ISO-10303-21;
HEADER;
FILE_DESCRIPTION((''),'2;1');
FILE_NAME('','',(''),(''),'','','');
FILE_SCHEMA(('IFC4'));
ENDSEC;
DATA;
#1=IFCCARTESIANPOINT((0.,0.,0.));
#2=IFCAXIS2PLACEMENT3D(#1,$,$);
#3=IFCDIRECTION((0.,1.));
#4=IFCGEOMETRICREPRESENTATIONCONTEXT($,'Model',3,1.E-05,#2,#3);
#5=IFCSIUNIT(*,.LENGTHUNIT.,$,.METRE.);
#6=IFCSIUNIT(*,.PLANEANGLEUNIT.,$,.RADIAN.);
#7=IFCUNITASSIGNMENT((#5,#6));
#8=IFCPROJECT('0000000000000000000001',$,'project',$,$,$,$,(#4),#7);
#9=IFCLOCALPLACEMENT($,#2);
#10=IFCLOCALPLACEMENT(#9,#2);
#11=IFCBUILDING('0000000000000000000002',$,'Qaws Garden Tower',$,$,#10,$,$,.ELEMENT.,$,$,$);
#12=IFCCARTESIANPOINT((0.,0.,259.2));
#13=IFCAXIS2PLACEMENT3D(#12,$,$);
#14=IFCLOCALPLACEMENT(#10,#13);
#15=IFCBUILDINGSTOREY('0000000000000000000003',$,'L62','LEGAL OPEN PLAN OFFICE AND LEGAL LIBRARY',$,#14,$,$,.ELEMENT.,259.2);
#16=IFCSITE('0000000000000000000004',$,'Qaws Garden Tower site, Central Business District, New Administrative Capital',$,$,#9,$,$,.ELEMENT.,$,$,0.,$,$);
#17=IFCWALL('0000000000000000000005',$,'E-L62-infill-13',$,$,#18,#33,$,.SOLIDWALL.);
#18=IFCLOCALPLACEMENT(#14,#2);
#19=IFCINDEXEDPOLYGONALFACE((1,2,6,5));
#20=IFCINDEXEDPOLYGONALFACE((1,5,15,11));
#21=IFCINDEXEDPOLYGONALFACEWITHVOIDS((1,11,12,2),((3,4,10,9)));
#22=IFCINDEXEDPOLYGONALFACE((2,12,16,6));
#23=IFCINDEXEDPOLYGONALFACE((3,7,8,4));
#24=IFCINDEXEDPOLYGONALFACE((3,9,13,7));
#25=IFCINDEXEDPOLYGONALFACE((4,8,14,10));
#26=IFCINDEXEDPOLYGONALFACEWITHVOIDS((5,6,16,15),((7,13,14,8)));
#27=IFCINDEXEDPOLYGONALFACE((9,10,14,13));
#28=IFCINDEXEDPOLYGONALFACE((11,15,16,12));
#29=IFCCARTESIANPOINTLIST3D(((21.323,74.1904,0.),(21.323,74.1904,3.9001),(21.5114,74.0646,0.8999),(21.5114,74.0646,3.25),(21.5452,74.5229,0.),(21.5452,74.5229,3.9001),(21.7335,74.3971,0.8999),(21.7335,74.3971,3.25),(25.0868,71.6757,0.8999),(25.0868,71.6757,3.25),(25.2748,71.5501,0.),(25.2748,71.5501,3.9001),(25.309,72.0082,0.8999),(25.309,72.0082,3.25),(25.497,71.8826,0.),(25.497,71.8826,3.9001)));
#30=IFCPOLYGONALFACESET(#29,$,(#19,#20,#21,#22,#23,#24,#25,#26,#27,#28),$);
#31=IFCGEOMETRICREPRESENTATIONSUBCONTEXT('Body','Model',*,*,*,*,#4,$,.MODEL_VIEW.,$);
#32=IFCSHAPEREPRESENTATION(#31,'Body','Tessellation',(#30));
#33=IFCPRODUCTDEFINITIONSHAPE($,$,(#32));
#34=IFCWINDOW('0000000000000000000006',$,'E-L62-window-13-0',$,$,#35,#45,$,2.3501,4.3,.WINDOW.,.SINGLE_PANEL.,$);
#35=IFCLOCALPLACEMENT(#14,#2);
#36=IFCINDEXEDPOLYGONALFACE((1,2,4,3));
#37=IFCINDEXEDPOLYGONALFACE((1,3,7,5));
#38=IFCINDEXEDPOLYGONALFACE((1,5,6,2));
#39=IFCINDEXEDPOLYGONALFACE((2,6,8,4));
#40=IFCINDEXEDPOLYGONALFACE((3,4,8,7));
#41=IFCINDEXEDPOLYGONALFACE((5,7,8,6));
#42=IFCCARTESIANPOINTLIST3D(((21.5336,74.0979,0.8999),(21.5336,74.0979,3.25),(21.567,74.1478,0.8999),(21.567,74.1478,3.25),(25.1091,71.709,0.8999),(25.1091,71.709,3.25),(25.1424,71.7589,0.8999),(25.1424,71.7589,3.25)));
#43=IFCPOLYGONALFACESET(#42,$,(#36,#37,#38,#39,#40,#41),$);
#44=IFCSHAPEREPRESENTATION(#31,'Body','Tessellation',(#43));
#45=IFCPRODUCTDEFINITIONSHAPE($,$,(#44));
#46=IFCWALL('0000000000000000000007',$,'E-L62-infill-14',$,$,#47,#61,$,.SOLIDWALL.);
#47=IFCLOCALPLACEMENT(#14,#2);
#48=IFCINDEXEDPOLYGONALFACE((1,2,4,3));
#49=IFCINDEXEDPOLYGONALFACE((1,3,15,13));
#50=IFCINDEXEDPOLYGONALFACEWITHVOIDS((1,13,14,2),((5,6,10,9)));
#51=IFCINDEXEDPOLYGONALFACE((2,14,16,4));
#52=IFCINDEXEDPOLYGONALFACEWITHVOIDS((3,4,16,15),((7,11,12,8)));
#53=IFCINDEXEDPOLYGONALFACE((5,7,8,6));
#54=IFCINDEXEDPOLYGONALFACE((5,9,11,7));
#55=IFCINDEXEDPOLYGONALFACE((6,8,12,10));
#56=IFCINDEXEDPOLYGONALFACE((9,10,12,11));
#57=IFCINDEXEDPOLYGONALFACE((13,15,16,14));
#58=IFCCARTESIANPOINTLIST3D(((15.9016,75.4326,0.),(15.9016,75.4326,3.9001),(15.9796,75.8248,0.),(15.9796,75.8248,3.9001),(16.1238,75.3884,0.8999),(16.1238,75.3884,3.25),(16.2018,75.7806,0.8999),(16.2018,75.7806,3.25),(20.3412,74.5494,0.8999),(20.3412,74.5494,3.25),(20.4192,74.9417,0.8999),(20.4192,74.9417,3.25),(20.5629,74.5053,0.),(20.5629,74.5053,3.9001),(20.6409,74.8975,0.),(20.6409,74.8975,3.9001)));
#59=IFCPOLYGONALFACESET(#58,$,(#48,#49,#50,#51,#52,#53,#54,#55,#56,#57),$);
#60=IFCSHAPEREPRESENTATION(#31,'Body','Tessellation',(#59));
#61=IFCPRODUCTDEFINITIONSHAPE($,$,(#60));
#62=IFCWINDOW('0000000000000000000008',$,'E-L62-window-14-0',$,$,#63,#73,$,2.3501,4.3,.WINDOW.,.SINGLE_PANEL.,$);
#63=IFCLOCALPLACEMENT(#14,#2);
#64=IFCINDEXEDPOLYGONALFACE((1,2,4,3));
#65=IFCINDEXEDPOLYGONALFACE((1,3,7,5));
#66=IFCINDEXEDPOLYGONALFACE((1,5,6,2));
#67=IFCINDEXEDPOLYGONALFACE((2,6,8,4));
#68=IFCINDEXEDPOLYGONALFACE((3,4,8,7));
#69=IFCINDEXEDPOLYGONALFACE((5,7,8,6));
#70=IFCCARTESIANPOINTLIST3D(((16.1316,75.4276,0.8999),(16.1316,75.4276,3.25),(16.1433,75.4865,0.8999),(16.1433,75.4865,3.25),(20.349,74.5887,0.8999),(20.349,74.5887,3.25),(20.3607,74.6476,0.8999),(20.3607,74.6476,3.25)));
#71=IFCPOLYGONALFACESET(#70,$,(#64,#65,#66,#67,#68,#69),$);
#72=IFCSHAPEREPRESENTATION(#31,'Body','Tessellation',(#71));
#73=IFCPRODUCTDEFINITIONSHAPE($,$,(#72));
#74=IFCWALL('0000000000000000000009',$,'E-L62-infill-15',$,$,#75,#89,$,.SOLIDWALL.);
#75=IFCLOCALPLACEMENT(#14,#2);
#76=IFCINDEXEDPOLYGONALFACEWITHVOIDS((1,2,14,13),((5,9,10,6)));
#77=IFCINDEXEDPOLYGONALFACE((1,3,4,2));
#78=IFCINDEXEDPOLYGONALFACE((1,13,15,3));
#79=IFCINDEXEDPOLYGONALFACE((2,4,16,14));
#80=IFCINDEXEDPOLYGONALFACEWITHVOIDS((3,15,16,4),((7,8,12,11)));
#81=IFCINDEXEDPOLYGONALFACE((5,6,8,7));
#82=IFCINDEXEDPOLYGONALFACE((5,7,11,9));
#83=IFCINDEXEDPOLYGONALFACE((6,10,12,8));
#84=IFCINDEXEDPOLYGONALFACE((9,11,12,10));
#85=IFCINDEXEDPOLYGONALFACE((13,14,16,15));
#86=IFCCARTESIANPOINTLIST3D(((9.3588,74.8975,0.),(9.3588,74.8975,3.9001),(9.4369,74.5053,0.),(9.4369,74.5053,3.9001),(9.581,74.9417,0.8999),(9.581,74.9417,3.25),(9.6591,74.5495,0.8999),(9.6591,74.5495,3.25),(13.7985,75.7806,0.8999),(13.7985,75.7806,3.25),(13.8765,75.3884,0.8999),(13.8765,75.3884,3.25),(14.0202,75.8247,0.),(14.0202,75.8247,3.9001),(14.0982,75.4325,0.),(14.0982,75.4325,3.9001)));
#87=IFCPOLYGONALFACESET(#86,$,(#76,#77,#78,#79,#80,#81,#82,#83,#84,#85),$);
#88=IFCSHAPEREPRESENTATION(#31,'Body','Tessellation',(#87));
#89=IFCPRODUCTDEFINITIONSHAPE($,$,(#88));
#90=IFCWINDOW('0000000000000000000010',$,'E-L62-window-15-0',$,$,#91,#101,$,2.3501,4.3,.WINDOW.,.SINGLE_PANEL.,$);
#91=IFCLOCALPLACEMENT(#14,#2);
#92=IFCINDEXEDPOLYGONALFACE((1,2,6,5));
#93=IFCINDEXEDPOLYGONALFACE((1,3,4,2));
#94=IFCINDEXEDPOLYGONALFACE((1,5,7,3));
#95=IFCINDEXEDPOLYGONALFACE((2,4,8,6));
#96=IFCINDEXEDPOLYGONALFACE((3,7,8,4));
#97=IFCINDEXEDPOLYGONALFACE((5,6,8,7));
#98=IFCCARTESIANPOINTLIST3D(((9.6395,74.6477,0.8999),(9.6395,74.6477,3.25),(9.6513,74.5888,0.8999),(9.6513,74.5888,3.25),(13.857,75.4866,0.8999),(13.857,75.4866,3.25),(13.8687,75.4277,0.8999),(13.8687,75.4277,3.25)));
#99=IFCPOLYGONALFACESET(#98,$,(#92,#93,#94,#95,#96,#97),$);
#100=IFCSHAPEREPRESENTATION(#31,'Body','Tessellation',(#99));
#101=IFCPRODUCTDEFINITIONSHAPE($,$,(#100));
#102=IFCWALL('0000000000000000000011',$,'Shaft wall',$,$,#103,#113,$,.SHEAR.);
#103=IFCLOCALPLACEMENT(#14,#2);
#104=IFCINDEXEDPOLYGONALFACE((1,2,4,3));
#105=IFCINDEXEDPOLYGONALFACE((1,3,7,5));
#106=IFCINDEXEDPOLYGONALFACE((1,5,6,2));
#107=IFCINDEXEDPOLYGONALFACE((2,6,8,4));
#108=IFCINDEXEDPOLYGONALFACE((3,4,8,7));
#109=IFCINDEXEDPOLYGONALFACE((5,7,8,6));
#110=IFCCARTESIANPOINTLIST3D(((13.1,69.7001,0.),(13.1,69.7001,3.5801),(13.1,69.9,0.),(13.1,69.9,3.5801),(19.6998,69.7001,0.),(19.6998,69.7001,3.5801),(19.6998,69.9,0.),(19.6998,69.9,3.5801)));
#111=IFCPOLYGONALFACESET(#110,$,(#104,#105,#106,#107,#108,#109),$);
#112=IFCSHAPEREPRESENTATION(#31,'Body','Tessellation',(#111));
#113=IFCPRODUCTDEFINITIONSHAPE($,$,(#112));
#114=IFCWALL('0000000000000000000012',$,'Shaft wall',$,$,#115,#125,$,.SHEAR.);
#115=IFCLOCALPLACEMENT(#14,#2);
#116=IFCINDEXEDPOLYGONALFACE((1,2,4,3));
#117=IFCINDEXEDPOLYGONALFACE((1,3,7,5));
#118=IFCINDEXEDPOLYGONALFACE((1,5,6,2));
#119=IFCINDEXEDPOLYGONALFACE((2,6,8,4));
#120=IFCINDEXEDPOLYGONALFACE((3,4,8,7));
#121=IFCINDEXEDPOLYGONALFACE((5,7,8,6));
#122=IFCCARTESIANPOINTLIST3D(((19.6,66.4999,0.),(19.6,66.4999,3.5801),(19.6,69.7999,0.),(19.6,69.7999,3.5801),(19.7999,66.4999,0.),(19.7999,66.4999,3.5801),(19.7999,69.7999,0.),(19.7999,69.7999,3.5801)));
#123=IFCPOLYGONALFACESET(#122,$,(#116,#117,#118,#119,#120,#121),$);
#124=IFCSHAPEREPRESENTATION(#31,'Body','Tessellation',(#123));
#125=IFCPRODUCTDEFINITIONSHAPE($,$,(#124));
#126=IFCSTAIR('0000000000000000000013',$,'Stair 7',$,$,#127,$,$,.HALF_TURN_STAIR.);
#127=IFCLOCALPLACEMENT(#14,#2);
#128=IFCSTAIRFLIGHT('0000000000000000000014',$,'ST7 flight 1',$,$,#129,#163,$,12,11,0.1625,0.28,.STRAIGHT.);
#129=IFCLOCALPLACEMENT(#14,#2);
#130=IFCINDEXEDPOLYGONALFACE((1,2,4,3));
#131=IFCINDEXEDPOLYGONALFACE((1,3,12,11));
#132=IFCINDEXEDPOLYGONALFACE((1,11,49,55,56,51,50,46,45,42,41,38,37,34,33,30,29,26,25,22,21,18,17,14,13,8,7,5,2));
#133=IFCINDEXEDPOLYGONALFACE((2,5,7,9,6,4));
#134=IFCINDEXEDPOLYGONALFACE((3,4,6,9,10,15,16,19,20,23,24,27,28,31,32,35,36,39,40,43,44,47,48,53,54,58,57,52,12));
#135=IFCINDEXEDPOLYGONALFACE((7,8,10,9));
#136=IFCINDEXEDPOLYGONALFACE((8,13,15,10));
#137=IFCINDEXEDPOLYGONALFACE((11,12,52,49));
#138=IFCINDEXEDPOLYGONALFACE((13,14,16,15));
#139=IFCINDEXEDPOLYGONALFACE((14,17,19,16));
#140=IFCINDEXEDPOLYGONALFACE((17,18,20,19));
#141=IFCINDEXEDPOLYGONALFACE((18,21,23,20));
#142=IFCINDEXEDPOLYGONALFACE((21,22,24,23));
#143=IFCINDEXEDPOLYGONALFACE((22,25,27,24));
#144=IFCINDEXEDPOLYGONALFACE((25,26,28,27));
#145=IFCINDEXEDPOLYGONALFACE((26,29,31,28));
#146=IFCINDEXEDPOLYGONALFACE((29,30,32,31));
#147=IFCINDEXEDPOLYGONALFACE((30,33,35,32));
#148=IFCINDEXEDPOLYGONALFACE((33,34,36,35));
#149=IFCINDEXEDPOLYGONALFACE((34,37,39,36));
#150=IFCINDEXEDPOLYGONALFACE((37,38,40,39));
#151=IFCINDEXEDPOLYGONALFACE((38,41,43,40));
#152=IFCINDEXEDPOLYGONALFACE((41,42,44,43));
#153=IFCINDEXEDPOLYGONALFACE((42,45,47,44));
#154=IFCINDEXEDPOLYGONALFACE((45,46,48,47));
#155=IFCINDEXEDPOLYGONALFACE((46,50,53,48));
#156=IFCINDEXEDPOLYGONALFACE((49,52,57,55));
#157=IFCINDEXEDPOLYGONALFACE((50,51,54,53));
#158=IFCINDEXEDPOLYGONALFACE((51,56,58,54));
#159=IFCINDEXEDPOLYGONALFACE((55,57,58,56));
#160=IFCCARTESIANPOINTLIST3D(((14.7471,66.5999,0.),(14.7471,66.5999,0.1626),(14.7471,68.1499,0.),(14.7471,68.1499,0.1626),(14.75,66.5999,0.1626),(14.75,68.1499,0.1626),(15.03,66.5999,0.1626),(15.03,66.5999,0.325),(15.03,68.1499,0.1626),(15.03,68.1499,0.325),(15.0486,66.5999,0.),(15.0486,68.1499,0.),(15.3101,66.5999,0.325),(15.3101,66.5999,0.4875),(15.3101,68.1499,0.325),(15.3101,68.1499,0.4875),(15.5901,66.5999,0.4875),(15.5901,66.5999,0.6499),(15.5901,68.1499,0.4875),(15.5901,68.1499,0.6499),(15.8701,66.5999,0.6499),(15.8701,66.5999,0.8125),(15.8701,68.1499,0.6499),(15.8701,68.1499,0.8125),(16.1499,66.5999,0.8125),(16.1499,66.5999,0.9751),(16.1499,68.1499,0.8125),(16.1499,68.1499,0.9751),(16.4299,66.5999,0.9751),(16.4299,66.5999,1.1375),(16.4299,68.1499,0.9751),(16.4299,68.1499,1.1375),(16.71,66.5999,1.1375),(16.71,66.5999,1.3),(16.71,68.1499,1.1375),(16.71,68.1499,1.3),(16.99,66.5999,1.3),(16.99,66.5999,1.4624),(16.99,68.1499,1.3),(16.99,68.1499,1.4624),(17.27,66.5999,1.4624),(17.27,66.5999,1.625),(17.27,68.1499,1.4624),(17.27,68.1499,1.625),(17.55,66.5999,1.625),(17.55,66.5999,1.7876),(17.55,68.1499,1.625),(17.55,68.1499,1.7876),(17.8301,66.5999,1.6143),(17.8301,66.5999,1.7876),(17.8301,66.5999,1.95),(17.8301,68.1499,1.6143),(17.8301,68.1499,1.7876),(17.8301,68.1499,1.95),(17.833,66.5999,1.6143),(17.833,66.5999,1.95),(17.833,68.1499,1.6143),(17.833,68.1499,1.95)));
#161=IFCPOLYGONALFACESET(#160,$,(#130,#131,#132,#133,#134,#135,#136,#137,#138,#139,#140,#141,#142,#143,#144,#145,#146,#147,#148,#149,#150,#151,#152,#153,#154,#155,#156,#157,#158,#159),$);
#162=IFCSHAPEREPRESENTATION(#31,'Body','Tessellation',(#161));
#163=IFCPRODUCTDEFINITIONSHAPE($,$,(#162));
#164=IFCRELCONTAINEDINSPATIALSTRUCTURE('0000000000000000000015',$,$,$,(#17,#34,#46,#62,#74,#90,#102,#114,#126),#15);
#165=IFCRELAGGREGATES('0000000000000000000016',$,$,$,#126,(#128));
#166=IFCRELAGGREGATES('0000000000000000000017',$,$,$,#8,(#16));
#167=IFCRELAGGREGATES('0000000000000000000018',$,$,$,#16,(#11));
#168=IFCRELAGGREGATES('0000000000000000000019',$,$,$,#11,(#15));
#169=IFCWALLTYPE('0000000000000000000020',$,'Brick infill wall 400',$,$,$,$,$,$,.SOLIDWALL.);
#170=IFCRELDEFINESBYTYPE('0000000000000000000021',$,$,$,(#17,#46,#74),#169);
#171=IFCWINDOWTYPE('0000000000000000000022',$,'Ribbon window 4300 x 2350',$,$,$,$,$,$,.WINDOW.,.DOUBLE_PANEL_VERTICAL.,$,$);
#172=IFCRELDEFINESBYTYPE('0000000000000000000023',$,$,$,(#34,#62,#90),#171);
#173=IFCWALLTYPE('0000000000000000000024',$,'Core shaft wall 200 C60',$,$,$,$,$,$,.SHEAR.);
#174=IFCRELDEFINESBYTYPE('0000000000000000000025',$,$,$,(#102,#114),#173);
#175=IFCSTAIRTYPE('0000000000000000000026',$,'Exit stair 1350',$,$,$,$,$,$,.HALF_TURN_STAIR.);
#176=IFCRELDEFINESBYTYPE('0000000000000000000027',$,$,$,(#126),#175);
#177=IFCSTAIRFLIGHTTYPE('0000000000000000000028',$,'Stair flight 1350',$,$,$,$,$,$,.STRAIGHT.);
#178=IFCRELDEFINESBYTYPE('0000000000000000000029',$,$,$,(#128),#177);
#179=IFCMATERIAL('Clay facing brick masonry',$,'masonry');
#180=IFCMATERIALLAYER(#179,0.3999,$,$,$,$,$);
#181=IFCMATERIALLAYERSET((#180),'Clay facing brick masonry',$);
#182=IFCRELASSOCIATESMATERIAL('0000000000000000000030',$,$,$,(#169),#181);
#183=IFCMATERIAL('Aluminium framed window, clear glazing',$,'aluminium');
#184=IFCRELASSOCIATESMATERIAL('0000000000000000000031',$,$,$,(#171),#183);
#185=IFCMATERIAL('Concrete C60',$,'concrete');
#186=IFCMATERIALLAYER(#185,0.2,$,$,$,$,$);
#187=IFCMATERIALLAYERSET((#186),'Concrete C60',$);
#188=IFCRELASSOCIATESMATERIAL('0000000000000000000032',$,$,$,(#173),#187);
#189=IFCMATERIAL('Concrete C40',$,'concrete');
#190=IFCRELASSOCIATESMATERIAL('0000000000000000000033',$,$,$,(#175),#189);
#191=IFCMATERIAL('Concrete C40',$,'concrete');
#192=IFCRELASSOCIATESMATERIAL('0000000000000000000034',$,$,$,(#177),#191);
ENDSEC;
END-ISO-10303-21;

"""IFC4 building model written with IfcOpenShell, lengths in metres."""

from ifc_helpers import new_model, si_unit, direction, frame, frame_2d, origin, place, context, subcontext, project, spatial, polyline, rectangle, outline, extrude, material, layer, layer_set, type_object, element, fill, aggregate, save


model = new_model("IFC4")

# Units and contexts
model_context = context("Model", 3, precision=1e-05, world=origin(), true_north=direction((0.0, 1.0)))
body_context = subcontext(model_context, "Body", "Model", "MODEL_VIEW")
ifc_project = project(units=[si_unit("LENGTHUNIT", "METRE"), si_unit("PLANEANGLEUNIT", "RADIAN")], contexts=[model_context])

# Site, building, storey
site_placement = place(None, origin())
site = spatial("IfcSite", under=ifc_project, at=site_placement, Name="Qaws Garden Tower site, Central Business District, New Administrative Capital", CompositionType="ELEMENT", RefElevation=0.0)
building_placement = place(site_placement, origin())
building = spatial("IfcBuilding", under=site, at=building_placement, Name="Qaws Garden Tower", CompositionType="ELEMENT")
storey_placement = place(building_placement, frame((0.0, 0.0, 259.2)))
storey = spatial("IfcBuildingStorey", under=building, at=storey_placement, Name="L62", Description="LEGAL OPEN PLAN OFFICE AND LEGAL LIBRARY", CompositionType="ELEMENT", Elevation=259.2)

# Walls, openings, windows
ifc_material_1 = material(Name="Clay facing brick masonry", Category="masonry")
ifc_layer_1 = layer(ifc_material_1, 0.3999)
ifc_layer_set_1 = layer_set([ifc_layer_1], Name="Clay facing brick masonry")
wall_type_1 = type_object("IfcWallType", Name="Brick infill wall 400", PredefinedType="SOLIDWALL", material=ifc_layer_set_1)
ifc_material_2 = material(Name="Aluminium framed window, clear glazing", Category="aluminium")
window_type = type_object("IfcWindowType", Name="Ribbon window 4300 x 2350", PartitioningType="DOUBLE_PANEL_VERTICAL", PredefinedType="WINDOW", material=ifc_material_2)
wall_1_placement = place(storey_placement, frame((25.386, 71.7163, 0.0), z_axis=(0.0, 0.0, 1.0), x_axis=(-0.831489, 0.555542, 0.0)))
wall_1 = element("IfcWall", 1, at=wall_1_placement, inside=storey, type_object=wall_type_1, Name="E-L62-infill-13", PredefinedType="SOLIDWALL", context=body_context, shape_type="SweptSolid", body=[
    extrude(rectangle(XDim=4.7527, YDim=0.3999, at=frame_2d((2.3765, 0.0))), origin(), (0.0, 0.0, 1.0), 3.9001),
])
opening_1_placement = place(wall_1_placement, frame((0.2263, 0.0, 0.8999)))
opening_1 = element("IfcOpeningElement", 2, at=opening_1_placement, cuts=wall_1, PredefinedType="OPENING", context=body_context, shape_type="SweptSolid", body=[
    extrude(rectangle(XDim=4.3, YDim=2.3501, at=frame_2d((2.1499, 1.175))), frame((0.0, 0.21, 0.0), z_axis=(0.0, -1.0, 0.0), x_axis=(1.0, 0.0, 0.0)), (0.0, 0.0, 1.0), 0.4199),
])
window_1_placement = place(opening_1_placement, origin())
window_1 = element("IfcWindow", 3, at=window_1_placement, inside=storey, type_object=window_type, Name="E-L62-window-13-0", OverallHeight=2.3501, OverallWidth=4.3, PartitioningType="SINGLE_PANEL", PredefinedType="WINDOW", context=body_context, shape_type="SweptSolid", body=[
    extrude(rectangle(XDim=4.3, YDim=2.3501, at=frame_2d((2.1499, 1.175))), frame((0.0, 0.1599, 0.0), z_axis=(0.0, -1.0, 0.0), x_axis=(1.0, 0.0, 0.0)), (0.0, 0.0, 1.0), 0.0601),
])
fill(opening_1, window_1)
wall_2_placement = place(storey_placement, frame((20.6021, 74.7014, 0.0), z_axis=(0.0, 0.0, 1.0), x_axis=(-0.980784, 0.195099, 0.0)))
wall_2 = element("IfcWall", 4, at=wall_2_placement, inside=storey, type_object=wall_type_1, Name="E-L62-infill-14", PredefinedType="SOLIDWALL", context=body_context, shape_type="SweptSolid", body=[
    extrude(rectangle(XDim=4.7527, YDim=0.3999, at=frame_2d((2.3765, 0.0))), origin(), (0.0, 0.0, 1.0), 3.9001),
])
opening_2_placement = place(wall_2_placement, frame((0.2263, 0.0, 0.8999)))
opening_2 = element("IfcOpeningElement", 5, at=opening_2_placement, cuts=wall_2, PredefinedType="OPENING", context=body_context, shape_type="SweptSolid", body=[
    extrude(rectangle(XDim=4.3, YDim=2.3501, at=frame_2d((2.1499, 1.175))), frame((0.0, 0.21, 0.0), z_axis=(0.0, -1.0, 0.0), x_axis=(1.0, 0.0, 0.0)), (0.0, 0.0, 1.0), 0.4199),
])
window_2_placement = place(opening_2_placement, origin())
window_2 = element("IfcWindow", 6, at=window_2_placement, inside=storey, type_object=window_type, Name="E-L62-window-14-0", OverallHeight=2.3501, OverallWidth=4.3, PartitioningType="SINGLE_PANEL", PredefinedType="WINDOW", context=body_context, shape_type="SweptSolid", body=[
    extrude(rectangle(XDim=4.3, YDim=2.3501, at=frame_2d((2.1499, 1.175))), frame((0.0, 0.1599, 0.0), z_axis=(0.0, -1.0, 0.0), x_axis=(1.0, 0.0, 0.0)), (0.0, 0.0, 1.0), 0.0601),
])
fill(opening_2, window_2)
wall_3_placement = place(storey_placement, frame((14.0593, 75.6287, 0.0), z_axis=(0.0, 0.0, 1.0), x_axis=(-0.980784, -0.195099, 0.0)))
wall_3 = element("IfcWall", 7, at=wall_3_placement, inside=storey, type_object=wall_type_1, Name="E-L62-infill-15", PredefinedType="SOLIDWALL", context=body_context, shape_type="SweptSolid", body=[
    extrude(rectangle(XDim=4.7527, YDim=0.3999, at=frame_2d((2.3765, 0.0))), origin(), (0.0, 0.0, 1.0), 3.9001),
])
opening_3_placement = place(wall_3_placement, frame((0.2263, 0.0, 0.8999)))
opening_3 = element("IfcOpeningElement", 8, at=opening_3_placement, cuts=wall_3, PredefinedType="OPENING", context=body_context, shape_type="SweptSolid", body=[
    extrude(rectangle(XDim=4.3, YDim=2.3501, at=frame_2d((2.1499, 1.175))), frame((0.0, 0.21, 0.0), z_axis=(0.0, -1.0, 0.0), x_axis=(1.0, 0.0, 0.0)), (0.0, 0.0, 1.0), 0.4199),
])
window_3_placement = place(opening_3_placement, origin())
window_3 = element("IfcWindow", 9, at=window_3_placement, inside=storey, type_object=window_type, Name="E-L62-window-15-0", OverallHeight=2.3501, OverallWidth=4.3, PartitioningType="SINGLE_PANEL", PredefinedType="WINDOW", context=body_context, shape_type="SweptSolid", body=[
    extrude(rectangle(XDim=4.3, YDim=2.3501, at=frame_2d((2.1499, 1.175))), frame((0.0, 0.1599, 0.0), z_axis=(0.0, -1.0, 0.0), x_axis=(1.0, 0.0, 0.0)), (0.0, 0.0, 1.0), 0.0601),
])
fill(opening_3, window_3)

# Walls
ifc_material_3 = material(Name="Concrete C60", Category="concrete")
ifc_layer_2 = layer(ifc_material_3, 0.2)
ifc_layer_set_2 = layer_set([ifc_layer_2], Name="Concrete C60")
wall_type_2 = type_object("IfcWallType", Name="Core shaft wall 200 C60", PredefinedType="SHEAR", material=ifc_layer_set_2)
wall_4_placement = place(storey_placement, frame((13.1001, 69.8, 0.0), z_axis=(0.0, 0.0, 1.0), x_axis=(1.0, 0.0, 0.0)))
element("IfcWall", 10, at=wall_4_placement, inside=storey, type_object=wall_type_2, Name="Shaft wall", PredefinedType="SHEAR", context=body_context, shape_type="SweptSolid", body=[
    extrude(rectangle(XDim=6.5999, YDim=0.2, at=frame_2d((3.2998, 0.0))), origin(), (0.0, 0.0, 1.0), 3.5801),
])
wall_5_placement = place(storey_placement, frame((19.7, 66.5, 0.0), z_axis=(0.0, 0.0, 1.0), x_axis=(0.0, 1.0, 0.0)))
element("IfcWall", 11, at=wall_5_placement, inside=storey, type_object=wall_type_2, Name="Shaft wall", PredefinedType="SHEAR", context=body_context, shape_type="SweptSolid", body=[
    extrude(rectangle(XDim=3.3, YDim=0.2, at=frame_2d((1.6499, 0.0))), origin(), (0.0, 0.0, 1.0), 3.5801),
])

# Stair, stair flight
ifc_material_4 = material(Name="Concrete C40", Category="concrete")
stair_type = type_object("IfcStairType", Name="Exit stair 1350", PredefinedType="HALF_TURN_STAIR", material=ifc_material_4)
stair_placement = place(storey_placement, origin())
stair = element("IfcStair", 12, at=stair_placement, inside=storey, type_object=stair_type, Name="Stair 7", PredefinedType="HALF_TURN_STAIR")
ifc_material_5 = material(Name="Concrete C40", Category="concrete")
stair_flight_type = type_object("IfcStairFlightType", Name="Stair flight 1350", PredefinedType="STRAIGHT", material=ifc_material_5)
stair_flight_1_placement = place(storey_placement, frame((14.75, 67.375, 0.0), z_axis=(0.0, 0.0, 1.0), x_axis=(1.0, 0.0, 0.0)))
stair_flight_1 = element("IfcStairFlight", 13, at=stair_flight_1_placement, type_object=stair_flight_type, Name="ST7 flight 1", NumberOfRisers=12, NumberOfTreads=11, PredefinedType="STRAIGHT", RiserHeight=0.1625, TreadLength=0.28, context=body_context, shape_type="SweptSolid", body=[
    extrude(outline(polyline([(-0.0029, 0.0), (-0.0029, 0.1626), (0.0, 0.1626), (0.28, 0.1626), (0.28, 0.325), (0.5601, 0.325), (0.5601, 0.4875), (0.8401, 0.4875), (0.8401, 0.6499), (1.1201, 0.6499), (1.1201, 0.8125), (1.3999, 0.8125), (1.3999, 0.9751), (1.6799, 0.9751), (1.6799, 1.1375), (1.96, 1.1375), (1.96, 1.3), (2.24, 1.3), (2.24, 1.4624), (2.52, 1.4624), (2.52, 1.625), (2.8, 1.625), (2.8, 1.7876), (3.0801, 1.7876), (3.0801, 1.95), (3.083, 1.95), (3.083, 1.6143), (3.0801, 1.6143), (0.2986, 0.0), (-0.0029, 0.0)])), frame((0.0, 0.7749, 0.0), z_axis=(0.0, -1.0, 0.0), x_axis=(1.0, 0.0, 0.0)), (0.0, 0.0, 1.0), 1.55),
])
aggregate(stair, [stair_flight_1])

save(model, "model.ifc")
